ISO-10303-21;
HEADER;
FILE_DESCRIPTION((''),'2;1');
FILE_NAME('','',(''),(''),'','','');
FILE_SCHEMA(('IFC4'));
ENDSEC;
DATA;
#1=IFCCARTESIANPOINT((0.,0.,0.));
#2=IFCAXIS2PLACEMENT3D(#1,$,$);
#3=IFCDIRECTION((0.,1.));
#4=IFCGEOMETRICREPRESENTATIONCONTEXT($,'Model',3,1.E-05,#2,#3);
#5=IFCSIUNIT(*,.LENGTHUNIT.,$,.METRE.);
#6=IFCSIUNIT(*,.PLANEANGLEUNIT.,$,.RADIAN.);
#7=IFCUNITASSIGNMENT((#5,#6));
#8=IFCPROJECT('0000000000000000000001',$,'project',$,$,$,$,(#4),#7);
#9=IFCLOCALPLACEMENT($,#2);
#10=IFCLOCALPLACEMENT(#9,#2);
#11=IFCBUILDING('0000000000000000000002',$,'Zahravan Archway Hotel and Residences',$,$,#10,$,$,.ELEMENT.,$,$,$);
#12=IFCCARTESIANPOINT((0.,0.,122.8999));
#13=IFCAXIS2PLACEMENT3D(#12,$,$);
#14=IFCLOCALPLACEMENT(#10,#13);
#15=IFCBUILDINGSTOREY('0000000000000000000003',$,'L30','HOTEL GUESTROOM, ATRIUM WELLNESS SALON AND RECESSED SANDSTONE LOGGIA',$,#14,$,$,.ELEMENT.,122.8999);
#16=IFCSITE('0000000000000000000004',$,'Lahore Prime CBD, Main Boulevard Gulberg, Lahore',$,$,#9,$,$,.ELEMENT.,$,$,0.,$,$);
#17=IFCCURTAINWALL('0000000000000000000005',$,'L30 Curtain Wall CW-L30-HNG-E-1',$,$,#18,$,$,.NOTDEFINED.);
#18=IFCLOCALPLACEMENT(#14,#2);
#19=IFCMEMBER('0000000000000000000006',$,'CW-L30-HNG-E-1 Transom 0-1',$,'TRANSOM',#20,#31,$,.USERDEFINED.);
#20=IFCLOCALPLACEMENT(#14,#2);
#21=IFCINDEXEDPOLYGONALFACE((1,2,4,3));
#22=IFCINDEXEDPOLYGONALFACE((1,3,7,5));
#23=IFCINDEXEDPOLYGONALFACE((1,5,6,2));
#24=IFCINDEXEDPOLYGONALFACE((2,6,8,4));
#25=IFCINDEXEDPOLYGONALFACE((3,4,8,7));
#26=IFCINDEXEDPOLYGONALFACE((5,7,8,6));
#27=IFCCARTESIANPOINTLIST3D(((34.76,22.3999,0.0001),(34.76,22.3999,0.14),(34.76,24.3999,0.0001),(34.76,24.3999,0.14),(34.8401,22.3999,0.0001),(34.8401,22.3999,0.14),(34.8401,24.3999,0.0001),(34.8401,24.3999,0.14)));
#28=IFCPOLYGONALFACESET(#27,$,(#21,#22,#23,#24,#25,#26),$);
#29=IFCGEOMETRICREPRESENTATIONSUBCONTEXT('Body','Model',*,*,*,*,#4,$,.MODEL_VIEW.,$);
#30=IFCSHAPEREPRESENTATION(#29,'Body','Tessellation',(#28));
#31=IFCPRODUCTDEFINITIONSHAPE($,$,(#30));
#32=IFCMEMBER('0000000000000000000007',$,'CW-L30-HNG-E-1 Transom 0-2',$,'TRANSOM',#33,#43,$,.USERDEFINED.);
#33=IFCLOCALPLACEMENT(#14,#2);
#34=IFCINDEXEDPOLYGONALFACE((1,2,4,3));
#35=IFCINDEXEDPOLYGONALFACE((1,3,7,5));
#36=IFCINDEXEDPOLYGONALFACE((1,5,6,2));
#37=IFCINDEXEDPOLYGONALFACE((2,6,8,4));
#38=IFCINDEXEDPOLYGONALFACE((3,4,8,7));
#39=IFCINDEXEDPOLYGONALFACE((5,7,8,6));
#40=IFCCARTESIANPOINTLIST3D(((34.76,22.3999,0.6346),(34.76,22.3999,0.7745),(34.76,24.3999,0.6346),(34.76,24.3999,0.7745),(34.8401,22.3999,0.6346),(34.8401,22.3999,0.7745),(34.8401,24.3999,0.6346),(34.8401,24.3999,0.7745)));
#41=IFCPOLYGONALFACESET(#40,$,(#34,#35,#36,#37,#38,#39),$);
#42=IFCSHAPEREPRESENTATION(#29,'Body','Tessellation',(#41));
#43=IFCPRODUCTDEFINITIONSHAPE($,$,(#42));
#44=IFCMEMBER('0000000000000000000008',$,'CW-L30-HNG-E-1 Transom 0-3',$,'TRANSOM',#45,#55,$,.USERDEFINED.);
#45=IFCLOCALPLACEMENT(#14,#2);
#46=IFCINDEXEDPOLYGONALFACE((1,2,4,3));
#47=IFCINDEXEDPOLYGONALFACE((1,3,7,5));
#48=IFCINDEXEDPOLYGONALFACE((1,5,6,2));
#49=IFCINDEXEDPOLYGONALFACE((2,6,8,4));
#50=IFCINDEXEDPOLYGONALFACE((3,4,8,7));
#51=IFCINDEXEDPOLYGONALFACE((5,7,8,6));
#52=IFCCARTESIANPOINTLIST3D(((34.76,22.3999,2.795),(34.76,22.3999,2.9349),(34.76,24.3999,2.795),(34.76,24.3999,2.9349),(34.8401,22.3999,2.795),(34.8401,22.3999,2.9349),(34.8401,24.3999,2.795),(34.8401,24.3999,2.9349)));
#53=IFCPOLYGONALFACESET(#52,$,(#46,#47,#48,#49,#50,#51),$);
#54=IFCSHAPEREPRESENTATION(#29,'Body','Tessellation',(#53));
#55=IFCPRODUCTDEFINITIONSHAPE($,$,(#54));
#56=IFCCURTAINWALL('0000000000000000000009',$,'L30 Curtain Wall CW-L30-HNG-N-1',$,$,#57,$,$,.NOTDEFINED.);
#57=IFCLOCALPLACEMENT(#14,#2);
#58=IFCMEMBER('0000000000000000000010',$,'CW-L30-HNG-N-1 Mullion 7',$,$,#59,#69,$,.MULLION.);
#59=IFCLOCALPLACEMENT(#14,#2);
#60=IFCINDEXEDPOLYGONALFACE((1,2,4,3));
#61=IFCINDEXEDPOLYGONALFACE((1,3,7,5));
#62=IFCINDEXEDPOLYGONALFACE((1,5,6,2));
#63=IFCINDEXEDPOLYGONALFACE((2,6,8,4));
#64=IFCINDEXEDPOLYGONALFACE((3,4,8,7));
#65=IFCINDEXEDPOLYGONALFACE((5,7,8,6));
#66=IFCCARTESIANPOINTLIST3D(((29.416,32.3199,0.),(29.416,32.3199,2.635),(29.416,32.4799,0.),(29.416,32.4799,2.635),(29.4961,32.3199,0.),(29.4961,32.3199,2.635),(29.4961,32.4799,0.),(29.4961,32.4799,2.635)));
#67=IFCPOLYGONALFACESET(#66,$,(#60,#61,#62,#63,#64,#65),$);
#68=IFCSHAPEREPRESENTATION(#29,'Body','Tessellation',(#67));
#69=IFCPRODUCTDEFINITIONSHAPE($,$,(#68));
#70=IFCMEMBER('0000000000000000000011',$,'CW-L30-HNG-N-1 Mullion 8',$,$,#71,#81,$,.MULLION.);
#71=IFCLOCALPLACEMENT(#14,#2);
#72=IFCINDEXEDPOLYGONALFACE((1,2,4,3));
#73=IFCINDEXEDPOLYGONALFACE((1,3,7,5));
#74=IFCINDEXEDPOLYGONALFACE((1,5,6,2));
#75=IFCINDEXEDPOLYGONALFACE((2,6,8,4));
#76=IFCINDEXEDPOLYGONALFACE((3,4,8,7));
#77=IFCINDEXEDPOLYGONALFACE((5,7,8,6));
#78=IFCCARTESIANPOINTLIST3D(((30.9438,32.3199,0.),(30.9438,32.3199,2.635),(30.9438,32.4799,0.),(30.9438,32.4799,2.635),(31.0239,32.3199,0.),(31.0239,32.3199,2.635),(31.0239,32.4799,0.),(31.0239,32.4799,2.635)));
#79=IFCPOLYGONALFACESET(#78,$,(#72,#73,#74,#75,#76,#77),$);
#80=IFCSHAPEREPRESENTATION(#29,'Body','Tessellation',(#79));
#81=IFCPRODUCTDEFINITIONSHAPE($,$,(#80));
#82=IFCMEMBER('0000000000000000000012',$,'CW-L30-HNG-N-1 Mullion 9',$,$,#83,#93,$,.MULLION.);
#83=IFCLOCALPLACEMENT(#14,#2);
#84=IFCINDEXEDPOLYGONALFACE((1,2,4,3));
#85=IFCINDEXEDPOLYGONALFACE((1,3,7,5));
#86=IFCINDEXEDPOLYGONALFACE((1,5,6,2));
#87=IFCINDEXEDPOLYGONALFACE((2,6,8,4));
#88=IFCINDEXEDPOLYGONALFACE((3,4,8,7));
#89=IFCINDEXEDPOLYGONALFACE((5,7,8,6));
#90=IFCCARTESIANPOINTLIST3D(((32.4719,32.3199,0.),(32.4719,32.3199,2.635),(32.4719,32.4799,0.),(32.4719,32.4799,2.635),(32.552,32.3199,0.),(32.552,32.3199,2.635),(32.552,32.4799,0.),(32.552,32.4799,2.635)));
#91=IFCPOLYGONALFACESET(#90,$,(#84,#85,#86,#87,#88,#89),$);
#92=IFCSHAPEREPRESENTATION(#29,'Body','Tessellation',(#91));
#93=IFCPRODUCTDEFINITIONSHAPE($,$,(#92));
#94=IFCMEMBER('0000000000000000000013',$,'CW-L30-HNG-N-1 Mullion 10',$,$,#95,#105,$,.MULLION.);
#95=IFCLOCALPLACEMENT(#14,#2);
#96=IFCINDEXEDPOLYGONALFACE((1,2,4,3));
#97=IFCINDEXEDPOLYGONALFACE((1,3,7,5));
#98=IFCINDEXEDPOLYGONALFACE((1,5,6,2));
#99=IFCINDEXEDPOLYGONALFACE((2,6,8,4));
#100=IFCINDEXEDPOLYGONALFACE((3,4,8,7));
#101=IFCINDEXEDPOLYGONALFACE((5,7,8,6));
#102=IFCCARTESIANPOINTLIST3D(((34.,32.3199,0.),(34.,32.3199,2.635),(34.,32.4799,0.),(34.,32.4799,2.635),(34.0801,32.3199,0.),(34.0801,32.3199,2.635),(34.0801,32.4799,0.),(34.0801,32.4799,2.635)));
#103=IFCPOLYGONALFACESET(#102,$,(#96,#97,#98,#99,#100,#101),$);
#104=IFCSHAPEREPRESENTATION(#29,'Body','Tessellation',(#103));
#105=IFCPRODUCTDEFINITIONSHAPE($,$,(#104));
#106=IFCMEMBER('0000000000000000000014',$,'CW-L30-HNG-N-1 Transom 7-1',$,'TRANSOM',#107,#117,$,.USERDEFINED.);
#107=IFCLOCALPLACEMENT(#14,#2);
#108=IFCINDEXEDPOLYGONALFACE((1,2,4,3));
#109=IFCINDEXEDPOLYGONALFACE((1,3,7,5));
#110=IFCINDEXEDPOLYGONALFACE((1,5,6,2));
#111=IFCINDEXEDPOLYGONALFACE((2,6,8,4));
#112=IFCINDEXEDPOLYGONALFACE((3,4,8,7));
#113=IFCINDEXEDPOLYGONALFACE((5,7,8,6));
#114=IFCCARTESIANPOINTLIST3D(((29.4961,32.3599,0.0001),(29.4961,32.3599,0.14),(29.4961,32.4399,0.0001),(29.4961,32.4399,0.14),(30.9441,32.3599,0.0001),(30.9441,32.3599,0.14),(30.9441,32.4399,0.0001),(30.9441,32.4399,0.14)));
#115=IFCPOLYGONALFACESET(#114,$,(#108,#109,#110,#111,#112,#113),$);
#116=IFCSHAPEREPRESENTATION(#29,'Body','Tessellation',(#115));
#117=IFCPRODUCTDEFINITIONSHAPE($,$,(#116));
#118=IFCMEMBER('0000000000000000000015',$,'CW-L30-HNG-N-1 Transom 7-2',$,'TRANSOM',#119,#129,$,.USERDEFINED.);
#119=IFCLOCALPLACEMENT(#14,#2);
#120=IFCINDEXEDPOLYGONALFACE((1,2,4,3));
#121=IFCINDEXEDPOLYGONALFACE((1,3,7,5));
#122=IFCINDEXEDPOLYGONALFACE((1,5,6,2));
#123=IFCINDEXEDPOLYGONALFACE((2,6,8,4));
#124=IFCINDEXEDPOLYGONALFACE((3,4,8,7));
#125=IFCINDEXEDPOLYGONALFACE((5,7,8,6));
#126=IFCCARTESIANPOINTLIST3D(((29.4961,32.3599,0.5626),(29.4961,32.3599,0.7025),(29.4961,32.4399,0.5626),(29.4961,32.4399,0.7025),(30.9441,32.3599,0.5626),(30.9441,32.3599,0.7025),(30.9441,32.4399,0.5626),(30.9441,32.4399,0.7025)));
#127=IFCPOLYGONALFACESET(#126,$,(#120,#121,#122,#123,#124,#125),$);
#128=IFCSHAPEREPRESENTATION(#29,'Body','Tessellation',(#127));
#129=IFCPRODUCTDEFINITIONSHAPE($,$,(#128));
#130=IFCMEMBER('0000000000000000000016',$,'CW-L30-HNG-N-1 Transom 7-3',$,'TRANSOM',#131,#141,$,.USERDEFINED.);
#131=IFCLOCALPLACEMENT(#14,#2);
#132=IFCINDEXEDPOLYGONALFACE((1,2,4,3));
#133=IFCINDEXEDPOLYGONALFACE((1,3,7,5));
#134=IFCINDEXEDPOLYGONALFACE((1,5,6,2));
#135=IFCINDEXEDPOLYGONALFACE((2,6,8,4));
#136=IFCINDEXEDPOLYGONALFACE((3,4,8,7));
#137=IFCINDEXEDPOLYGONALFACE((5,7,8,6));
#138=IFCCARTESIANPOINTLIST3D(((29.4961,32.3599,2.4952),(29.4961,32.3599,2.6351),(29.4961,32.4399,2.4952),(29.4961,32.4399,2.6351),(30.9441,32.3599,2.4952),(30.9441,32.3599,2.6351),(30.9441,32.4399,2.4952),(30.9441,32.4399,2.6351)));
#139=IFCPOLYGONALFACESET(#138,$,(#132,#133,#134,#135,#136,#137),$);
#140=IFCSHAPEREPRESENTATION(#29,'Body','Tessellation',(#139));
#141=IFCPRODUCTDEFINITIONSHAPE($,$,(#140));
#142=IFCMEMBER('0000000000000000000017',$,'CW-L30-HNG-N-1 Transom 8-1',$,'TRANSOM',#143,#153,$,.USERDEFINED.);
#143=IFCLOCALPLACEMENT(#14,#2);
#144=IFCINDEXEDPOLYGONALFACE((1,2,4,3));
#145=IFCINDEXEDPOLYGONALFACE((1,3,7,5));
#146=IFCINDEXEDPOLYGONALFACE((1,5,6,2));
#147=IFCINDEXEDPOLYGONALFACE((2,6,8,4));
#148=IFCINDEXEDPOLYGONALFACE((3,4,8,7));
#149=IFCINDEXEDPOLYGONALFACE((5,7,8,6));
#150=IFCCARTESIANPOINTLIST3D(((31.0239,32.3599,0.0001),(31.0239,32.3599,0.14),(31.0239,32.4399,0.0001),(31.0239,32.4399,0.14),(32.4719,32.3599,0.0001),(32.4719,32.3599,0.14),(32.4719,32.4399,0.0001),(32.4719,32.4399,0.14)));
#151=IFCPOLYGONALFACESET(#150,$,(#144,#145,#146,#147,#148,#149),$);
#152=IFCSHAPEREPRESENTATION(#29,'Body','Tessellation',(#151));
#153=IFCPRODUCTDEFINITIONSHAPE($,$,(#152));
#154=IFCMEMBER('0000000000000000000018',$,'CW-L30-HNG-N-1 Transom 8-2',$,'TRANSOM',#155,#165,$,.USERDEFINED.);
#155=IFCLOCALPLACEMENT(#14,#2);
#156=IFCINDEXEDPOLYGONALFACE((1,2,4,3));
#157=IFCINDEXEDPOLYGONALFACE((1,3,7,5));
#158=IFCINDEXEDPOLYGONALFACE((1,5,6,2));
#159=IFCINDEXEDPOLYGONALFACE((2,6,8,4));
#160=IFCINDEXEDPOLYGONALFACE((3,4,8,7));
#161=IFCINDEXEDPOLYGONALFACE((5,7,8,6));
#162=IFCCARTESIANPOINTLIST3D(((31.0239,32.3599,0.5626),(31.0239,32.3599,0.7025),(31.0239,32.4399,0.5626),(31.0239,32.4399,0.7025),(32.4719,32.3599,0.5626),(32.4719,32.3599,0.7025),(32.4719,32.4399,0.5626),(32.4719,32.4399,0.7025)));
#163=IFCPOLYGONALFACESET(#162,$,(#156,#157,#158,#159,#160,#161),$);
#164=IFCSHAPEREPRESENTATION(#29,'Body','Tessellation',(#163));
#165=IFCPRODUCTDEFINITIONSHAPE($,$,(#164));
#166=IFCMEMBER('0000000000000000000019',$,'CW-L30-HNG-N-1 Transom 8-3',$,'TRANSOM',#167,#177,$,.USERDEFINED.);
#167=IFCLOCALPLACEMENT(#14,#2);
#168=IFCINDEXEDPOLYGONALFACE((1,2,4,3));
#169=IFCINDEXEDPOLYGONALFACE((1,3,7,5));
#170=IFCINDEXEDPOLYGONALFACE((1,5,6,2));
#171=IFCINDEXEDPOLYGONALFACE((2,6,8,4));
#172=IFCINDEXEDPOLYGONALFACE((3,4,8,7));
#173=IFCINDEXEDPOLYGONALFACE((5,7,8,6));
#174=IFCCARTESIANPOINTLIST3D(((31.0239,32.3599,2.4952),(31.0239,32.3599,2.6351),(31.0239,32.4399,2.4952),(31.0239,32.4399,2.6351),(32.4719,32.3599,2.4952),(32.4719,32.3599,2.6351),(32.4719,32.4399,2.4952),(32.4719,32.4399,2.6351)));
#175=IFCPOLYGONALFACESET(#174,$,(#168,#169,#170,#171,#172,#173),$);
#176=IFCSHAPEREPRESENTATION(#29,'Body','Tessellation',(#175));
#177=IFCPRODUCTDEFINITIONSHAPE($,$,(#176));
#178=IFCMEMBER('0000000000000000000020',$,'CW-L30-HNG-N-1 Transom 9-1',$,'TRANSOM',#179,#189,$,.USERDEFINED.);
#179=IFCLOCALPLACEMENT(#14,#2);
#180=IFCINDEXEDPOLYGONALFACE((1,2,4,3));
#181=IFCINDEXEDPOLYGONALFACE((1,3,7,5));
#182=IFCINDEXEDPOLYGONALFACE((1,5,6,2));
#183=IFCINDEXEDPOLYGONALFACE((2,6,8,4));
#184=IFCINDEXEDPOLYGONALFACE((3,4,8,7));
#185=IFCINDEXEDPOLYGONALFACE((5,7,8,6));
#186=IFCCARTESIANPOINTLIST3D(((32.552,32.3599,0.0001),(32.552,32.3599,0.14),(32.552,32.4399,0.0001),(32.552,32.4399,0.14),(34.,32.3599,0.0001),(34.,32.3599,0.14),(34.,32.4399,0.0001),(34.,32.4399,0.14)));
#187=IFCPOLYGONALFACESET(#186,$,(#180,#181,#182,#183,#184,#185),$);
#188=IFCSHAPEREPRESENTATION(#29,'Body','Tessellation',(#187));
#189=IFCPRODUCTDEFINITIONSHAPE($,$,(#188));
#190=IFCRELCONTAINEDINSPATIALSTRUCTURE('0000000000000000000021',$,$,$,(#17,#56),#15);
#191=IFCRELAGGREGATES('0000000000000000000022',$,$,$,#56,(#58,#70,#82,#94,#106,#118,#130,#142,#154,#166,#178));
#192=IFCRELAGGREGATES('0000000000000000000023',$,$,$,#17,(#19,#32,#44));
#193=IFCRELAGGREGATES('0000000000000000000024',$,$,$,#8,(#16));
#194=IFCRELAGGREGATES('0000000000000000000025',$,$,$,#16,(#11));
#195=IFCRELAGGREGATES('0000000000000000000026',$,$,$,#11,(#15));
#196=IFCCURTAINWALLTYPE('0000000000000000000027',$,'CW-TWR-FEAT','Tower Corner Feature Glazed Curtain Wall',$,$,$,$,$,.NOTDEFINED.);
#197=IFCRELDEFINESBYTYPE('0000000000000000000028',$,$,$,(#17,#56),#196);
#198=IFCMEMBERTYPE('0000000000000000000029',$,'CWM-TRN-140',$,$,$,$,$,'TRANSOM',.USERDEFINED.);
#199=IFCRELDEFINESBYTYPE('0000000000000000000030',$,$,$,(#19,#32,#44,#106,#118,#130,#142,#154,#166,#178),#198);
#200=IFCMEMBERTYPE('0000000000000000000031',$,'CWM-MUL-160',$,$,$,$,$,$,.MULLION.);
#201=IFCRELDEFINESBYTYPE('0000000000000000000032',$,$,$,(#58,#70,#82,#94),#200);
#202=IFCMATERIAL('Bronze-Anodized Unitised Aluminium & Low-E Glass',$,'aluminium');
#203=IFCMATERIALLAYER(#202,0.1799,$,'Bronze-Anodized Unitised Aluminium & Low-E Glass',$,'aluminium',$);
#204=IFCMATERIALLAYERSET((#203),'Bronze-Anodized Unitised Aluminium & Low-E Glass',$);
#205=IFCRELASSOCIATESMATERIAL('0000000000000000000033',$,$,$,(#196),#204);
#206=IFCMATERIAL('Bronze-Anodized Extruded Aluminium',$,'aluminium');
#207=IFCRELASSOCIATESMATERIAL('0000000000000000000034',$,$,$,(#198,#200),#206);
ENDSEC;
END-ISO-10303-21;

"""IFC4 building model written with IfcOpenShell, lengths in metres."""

from ifc_helpers import new_model, si_unit, direction, frame, origin, origin_2d, place, context, subcontext, project, spatial, rectangle, extrude, source, transform, mapped, material, layer, layer_set, material_profile, profile_set, type_object, element, aggregate, save


model = new_model("IFC4")

# Units and contexts
model_context = context("Model", 3, precision=1e-05, world=origin(), true_north=direction((0.0, 1.0)))
body_context = subcontext(model_context, "Body", "Model", "MODEL_VIEW")
ifc_project = project(units=[si_unit("LENGTHUNIT", "METRE"), si_unit("PLANEANGLEUNIT", "RADIAN")], contexts=[model_context])

# Site, building, storey
site_placement = place(None, origin())
site = spatial("IfcSite", under=ifc_project, at=site_placement, Name="Lahore Prime CBD, Main Boulevard Gulberg, Lahore", CompositionType="ELEMENT", RefElevation=0.0)
building_placement = place(site_placement, origin())
building = spatial("IfcBuilding", under=site, at=building_placement, Name="Zahravan Archway Hotel and Residences", CompositionType="ELEMENT")
storey_placement = place(building_placement, frame((0.0, 0.0, 122.8999)))
storey = spatial("IfcBuildingStorey", under=building, at=storey_placement, Name="L30", Description="HOTEL GUESTROOM, ATRIUM WELLNESS SALON AND RECESSED SANDSTONE LOGGIA", CompositionType="ELEMENT", Elevation=122.8999)

# Curtain walls, members
ifc_material_1 = material(Name="Bronze-Anodized Unitised Aluminium & Low-E Glass", Category="aluminium")
ifc_layer_1 = layer(ifc_material_1, 0.1799, Name="Bronze-Anodized Unitised Aluminium & Low-E Glass", Category="aluminium")
ifc_layer_set_1 = layer_set([ifc_layer_1], Name="Bronze-Anodized Unitised Aluminium & Low-E Glass")
curtain_wall_type_1 = type_object("IfcCurtainWallType", Name="CW-TWR-FEAT", Description="Tower Corner Feature Glazed Curtain Wall", PredefinedType="NOTDEFINED", material=ifc_layer_set_1)
curtain_wall_1_placement = place(storey_placement, origin())
curtain_wall_1 = element("IfcCurtainWall", 1, at=curtain_wall_1_placement, inside=storey, type_object=curtain_wall_type_1, Name="L30 Curtain Wall CW-L30-HNG-E-1", PredefinedType="NOTDEFINED")
ifc_material_2 = material(Name="Bronze-Anodized Extruded Aluminium", Category="aluminium")
ifc_material_profile_1 = material_profile(ifc_material_2, rectangle(XDim=0.0801, YDim=0.1399, at=origin_2d()), Name="TRN 80x140", Category="aluminium")
ifc_profile_set_1 = profile_set([ifc_material_profile_1], Name="Bronze-Anodized Extruded Aluminium")
member_type_1 = type_object("IfcMemberType", Name="CWM-TRN-140", ElementType="TRANSOM", PredefinedType="USERDEFINED", material=ifc_profile_set_1)
shared_shape_1 = source(origin(), body_context, "Body", "SweptSolid", [
    extrude(rectangle(XDim=0.0801, YDim=0.1399, at=origin_2d()), origin(), (0.0, 0.0, 1.0), 2.0),
])
member_1_placement = place(storey_placement, frame((34.8, 22.3999, 0.0701), z_axis=(0.0, 1.0, 0.0), x_axis=(-1.0, 0.0, 0.0)))
member_1 = element("IfcMember", 2, at=member_1_placement, type_object=member_type_1, Name="CW-L30-HNG-E-1 Transom 0-1", ObjectType="TRANSOM", PredefinedType="USERDEFINED", context=body_context, shape_type="MappedRepresentation", body=[
    mapped(shared_shape_1, transform((0.0, 0.0, 0.0), scale=1.0)),
])
member_2_placement = place(storey_placement, frame((34.8, 22.3999, 0.7046), z_axis=(0.0, 1.0, 0.0), x_axis=(-1.0, 0.0, 0.0)))
member_2 = element("IfcMember", 3, at=member_2_placement, type_object=member_type_1, Name="CW-L30-HNG-E-1 Transom 0-2", ObjectType="TRANSOM", PredefinedType="USERDEFINED", context=body_context, shape_type="MappedRepresentation", body=[
    mapped(shared_shape_1, transform((0.0, 0.0, 0.0), scale=1.0)),
])
member_3_placement = place(storey_placement, frame((34.8, 22.3999, 2.865), z_axis=(0.0, 1.0, 0.0), x_axis=(-1.0, 0.0, 0.0)))
member_3 = element("IfcMember", 4, at=member_3_placement, type_object=member_type_1, Name="CW-L30-HNG-E-1 Transom 0-3", ObjectType="TRANSOM", PredefinedType="USERDEFINED", context=body_context, shape_type="MappedRepresentation", body=[
    mapped(shared_shape_1, transform((0.0, 0.0, 0.0), scale=1.0)),
])
curtain_wall_2_placement = place(storey_placement, origin())
curtain_wall_2 = element("IfcCurtainWall", 5, at=curtain_wall_2_placement, inside=storey, type_object=curtain_wall_type_1, Name="L30 Curtain Wall CW-L30-HNG-N-1", PredefinedType="NOTDEFINED")
ifc_material_profile_2 = material_profile(ifc_material_2, rectangle(XDim=0.0801, YDim=0.1599, at=origin_2d()), Name="MUL 80x160", Category="aluminium")
ifc_profile_set_2 = profile_set([ifc_material_profile_2], Name="Bronze-Anodized Extruded Aluminium")
member_type_2 = type_object("IfcMemberType", Name="CWM-MUL-160", PredefinedType="MULLION", material=ifc_profile_set_2)
shared_shape_2 = source(origin(), body_context, "Body", "SweptSolid", [
    extrude(rectangle(XDim=0.0801, YDim=0.1599, at=origin_2d()), origin(), (0.0, 0.0, 1.0), 2.635),
])
member_4_placement = place(storey_placement, frame((29.4561, 32.3999, 0.0), z_axis=(0.0, 0.0, 1.0), x_axis=(1.0, 0.0, 0.0)))
member_4 = element("IfcMember", 6, at=member_4_placement, type_object=member_type_2, Name="CW-L30-HNG-N-1 Mullion 7", PredefinedType="MULLION", context=body_context, shape_type="MappedRepresentation", body=[
    mapped(shared_shape_2, transform((0.0, 0.0, 0.0), scale=1.0)),
])
member_5_placement = place(storey_placement, frame((30.9839, 32.3999, 0.0), z_axis=(0.0, 0.0, 1.0), x_axis=(1.0, 0.0, 0.0)))
member_5 = element("IfcMember", 7, at=member_5_placement, type_object=member_type_2, Name="CW-L30-HNG-N-1 Mullion 8", PredefinedType="MULLION", context=body_context, shape_type="MappedRepresentation", body=[
    mapped(shared_shape_2, transform((0.0, 0.0, 0.0), scale=1.0)),
])
member_6_placement = place(storey_placement, frame((32.512, 32.3999, 0.0), z_axis=(0.0, 0.0, 1.0), x_axis=(1.0, 0.0, 0.0)))
member_6 = element("IfcMember", 8, at=member_6_placement, type_object=member_type_2, Name="CW-L30-HNG-N-1 Mullion 9", PredefinedType="MULLION", context=body_context, shape_type="MappedRepresentation", body=[
    mapped(shared_shape_2, transform((0.0, 0.0, 0.0), scale=1.0)),
])
member_7_placement = place(storey_placement, frame((34.04, 32.3999, 0.0), z_axis=(0.0, 0.0, 1.0), x_axis=(1.0, 0.0, 0.0)))
member_7 = element("IfcMember", 9, at=member_7_placement, type_object=member_type_2, Name="CW-L30-HNG-N-1 Mullion 10", PredefinedType="MULLION", context=body_context, shape_type="MappedRepresentation", body=[
    mapped(shared_shape_2, transform((0.0, 0.0, 0.0), scale=1.0)),
])
shared_shape_3 = source(origin(), body_context, "Body", "SweptSolid", [
    extrude(rectangle(XDim=0.0801, YDim=0.1399, at=origin_2d()), origin(), (0.0, 0.0, 1.0), 1.448),
])
member_8_placement = place(storey_placement, frame((29.4961, 32.3999, 0.0701), z_axis=(1.0, 0.0, 0.0), x_axis=(0.0, 1.0, 0.0)))
member_8 = element("IfcMember", 10, at=member_8_placement, type_object=member_type_1, Name="CW-L30-HNG-N-1 Transom 7-1", ObjectType="TRANSOM", PredefinedType="USERDEFINED", context=body_context, shape_type="MappedRepresentation", body=[
    mapped(shared_shape_3, transform((0.0, 0.0, 0.0), scale=1.0)),
])
member_9_placement = place(storey_placement, frame((29.4961, 32.3999, 0.6326), z_axis=(1.0, 0.0, 0.0), x_axis=(0.0, 1.0, 0.0)))
member_9 = element("IfcMember", 11, at=member_9_placement, type_object=member_type_1, Name="CW-L30-HNG-N-1 Transom 7-2", ObjectType="TRANSOM", PredefinedType="USERDEFINED", context=body_context, shape_type="MappedRepresentation", body=[
    mapped(shared_shape_3, transform((0.0, 0.0, 0.0), scale=1.0)),
])
member_10_placement = place(storey_placement, frame((29.4961, 32.3999, 2.5652), z_axis=(1.0, 0.0, 0.0), x_axis=(0.0, 1.0, 0.0)))
member_10 = element("IfcMember", 12, at=member_10_placement, type_object=member_type_1, Name="CW-L30-HNG-N-1 Transom 7-3", ObjectType="TRANSOM", PredefinedType="USERDEFINED", context=body_context, shape_type="MappedRepresentation", body=[
    mapped(shared_shape_3, transform((0.0, 0.0, 0.0), scale=1.0)),
])
member_11_placement = place(storey_placement, frame((31.0239, 32.3999, 0.0701), z_axis=(1.0, 0.0, 0.0), x_axis=(0.0, 1.0, 0.0)))
member_11 = element("IfcMember", 13, at=member_11_placement, type_object=member_type_1, Name="CW-L30-HNG-N-1 Transom 8-1", ObjectType="TRANSOM", PredefinedType="USERDEFINED", context=body_context, shape_type="MappedRepresentation", body=[
    mapped(shared_shape_3, transform((0.0, 0.0, 0.0), scale=1.0)),
])
member_12_placement = place(storey_placement, frame((31.0239, 32.3999, 0.6326), z_axis=(1.0, 0.0, 0.0), x_axis=(0.0, 1.0, 0.0)))
member_12 = element("IfcMember", 14, at=member_12_placement, type_object=member_type_1, Name="CW-L30-HNG-N-1 Transom 8-2", ObjectType="TRANSOM", PredefinedType="USERDEFINED", context=body_context, shape_type="MappedRepresentation", body=[
    mapped(shared_shape_3, transform((0.0, 0.0, 0.0), scale=1.0)),
])
member_13_placement = place(storey_placement, frame((31.0239, 32.3999, 2.5652), z_axis=(1.0, 0.0, 0.0), x_axis=(0.0, 1.0, 0.0)))
member_13 = element("IfcMember", 15, at=member_13_placement, type_object=member_type_1, Name="CW-L30-HNG-N-1 Transom 8-3", ObjectType="TRANSOM", PredefinedType="USERDEFINED", context=body_context, shape_type="MappedRepresentation", body=[
    mapped(shared_shape_3, transform((0.0, 0.0, 0.0), scale=1.0)),
])
member_14_placement = place(storey_placement, frame((32.552, 32.3999, 0.0701), z_axis=(1.0, 0.0, 0.0), x_axis=(0.0, 1.0, 0.0)))
member_14 = element("IfcMember", 16, at=member_14_placement, type_object=member_type_1, Name="CW-L30-HNG-N-1 Transom 9-1", ObjectType="TRANSOM", PredefinedType="USERDEFINED", context=body_context, shape_type="MappedRepresentation", body=[
    mapped(shared_shape_3, transform((0.0, 0.0, 0.0), scale=1.0)),
])

aggregate(curtain_wall_2, [member_4, member_5, member_6, member_7, member_8, member_9, member_10, member_11, member_12, member_13, member_14])
aggregate(curtain_wall_1, [member_1, member_2, member_3])

save(model, "model.ifc")
